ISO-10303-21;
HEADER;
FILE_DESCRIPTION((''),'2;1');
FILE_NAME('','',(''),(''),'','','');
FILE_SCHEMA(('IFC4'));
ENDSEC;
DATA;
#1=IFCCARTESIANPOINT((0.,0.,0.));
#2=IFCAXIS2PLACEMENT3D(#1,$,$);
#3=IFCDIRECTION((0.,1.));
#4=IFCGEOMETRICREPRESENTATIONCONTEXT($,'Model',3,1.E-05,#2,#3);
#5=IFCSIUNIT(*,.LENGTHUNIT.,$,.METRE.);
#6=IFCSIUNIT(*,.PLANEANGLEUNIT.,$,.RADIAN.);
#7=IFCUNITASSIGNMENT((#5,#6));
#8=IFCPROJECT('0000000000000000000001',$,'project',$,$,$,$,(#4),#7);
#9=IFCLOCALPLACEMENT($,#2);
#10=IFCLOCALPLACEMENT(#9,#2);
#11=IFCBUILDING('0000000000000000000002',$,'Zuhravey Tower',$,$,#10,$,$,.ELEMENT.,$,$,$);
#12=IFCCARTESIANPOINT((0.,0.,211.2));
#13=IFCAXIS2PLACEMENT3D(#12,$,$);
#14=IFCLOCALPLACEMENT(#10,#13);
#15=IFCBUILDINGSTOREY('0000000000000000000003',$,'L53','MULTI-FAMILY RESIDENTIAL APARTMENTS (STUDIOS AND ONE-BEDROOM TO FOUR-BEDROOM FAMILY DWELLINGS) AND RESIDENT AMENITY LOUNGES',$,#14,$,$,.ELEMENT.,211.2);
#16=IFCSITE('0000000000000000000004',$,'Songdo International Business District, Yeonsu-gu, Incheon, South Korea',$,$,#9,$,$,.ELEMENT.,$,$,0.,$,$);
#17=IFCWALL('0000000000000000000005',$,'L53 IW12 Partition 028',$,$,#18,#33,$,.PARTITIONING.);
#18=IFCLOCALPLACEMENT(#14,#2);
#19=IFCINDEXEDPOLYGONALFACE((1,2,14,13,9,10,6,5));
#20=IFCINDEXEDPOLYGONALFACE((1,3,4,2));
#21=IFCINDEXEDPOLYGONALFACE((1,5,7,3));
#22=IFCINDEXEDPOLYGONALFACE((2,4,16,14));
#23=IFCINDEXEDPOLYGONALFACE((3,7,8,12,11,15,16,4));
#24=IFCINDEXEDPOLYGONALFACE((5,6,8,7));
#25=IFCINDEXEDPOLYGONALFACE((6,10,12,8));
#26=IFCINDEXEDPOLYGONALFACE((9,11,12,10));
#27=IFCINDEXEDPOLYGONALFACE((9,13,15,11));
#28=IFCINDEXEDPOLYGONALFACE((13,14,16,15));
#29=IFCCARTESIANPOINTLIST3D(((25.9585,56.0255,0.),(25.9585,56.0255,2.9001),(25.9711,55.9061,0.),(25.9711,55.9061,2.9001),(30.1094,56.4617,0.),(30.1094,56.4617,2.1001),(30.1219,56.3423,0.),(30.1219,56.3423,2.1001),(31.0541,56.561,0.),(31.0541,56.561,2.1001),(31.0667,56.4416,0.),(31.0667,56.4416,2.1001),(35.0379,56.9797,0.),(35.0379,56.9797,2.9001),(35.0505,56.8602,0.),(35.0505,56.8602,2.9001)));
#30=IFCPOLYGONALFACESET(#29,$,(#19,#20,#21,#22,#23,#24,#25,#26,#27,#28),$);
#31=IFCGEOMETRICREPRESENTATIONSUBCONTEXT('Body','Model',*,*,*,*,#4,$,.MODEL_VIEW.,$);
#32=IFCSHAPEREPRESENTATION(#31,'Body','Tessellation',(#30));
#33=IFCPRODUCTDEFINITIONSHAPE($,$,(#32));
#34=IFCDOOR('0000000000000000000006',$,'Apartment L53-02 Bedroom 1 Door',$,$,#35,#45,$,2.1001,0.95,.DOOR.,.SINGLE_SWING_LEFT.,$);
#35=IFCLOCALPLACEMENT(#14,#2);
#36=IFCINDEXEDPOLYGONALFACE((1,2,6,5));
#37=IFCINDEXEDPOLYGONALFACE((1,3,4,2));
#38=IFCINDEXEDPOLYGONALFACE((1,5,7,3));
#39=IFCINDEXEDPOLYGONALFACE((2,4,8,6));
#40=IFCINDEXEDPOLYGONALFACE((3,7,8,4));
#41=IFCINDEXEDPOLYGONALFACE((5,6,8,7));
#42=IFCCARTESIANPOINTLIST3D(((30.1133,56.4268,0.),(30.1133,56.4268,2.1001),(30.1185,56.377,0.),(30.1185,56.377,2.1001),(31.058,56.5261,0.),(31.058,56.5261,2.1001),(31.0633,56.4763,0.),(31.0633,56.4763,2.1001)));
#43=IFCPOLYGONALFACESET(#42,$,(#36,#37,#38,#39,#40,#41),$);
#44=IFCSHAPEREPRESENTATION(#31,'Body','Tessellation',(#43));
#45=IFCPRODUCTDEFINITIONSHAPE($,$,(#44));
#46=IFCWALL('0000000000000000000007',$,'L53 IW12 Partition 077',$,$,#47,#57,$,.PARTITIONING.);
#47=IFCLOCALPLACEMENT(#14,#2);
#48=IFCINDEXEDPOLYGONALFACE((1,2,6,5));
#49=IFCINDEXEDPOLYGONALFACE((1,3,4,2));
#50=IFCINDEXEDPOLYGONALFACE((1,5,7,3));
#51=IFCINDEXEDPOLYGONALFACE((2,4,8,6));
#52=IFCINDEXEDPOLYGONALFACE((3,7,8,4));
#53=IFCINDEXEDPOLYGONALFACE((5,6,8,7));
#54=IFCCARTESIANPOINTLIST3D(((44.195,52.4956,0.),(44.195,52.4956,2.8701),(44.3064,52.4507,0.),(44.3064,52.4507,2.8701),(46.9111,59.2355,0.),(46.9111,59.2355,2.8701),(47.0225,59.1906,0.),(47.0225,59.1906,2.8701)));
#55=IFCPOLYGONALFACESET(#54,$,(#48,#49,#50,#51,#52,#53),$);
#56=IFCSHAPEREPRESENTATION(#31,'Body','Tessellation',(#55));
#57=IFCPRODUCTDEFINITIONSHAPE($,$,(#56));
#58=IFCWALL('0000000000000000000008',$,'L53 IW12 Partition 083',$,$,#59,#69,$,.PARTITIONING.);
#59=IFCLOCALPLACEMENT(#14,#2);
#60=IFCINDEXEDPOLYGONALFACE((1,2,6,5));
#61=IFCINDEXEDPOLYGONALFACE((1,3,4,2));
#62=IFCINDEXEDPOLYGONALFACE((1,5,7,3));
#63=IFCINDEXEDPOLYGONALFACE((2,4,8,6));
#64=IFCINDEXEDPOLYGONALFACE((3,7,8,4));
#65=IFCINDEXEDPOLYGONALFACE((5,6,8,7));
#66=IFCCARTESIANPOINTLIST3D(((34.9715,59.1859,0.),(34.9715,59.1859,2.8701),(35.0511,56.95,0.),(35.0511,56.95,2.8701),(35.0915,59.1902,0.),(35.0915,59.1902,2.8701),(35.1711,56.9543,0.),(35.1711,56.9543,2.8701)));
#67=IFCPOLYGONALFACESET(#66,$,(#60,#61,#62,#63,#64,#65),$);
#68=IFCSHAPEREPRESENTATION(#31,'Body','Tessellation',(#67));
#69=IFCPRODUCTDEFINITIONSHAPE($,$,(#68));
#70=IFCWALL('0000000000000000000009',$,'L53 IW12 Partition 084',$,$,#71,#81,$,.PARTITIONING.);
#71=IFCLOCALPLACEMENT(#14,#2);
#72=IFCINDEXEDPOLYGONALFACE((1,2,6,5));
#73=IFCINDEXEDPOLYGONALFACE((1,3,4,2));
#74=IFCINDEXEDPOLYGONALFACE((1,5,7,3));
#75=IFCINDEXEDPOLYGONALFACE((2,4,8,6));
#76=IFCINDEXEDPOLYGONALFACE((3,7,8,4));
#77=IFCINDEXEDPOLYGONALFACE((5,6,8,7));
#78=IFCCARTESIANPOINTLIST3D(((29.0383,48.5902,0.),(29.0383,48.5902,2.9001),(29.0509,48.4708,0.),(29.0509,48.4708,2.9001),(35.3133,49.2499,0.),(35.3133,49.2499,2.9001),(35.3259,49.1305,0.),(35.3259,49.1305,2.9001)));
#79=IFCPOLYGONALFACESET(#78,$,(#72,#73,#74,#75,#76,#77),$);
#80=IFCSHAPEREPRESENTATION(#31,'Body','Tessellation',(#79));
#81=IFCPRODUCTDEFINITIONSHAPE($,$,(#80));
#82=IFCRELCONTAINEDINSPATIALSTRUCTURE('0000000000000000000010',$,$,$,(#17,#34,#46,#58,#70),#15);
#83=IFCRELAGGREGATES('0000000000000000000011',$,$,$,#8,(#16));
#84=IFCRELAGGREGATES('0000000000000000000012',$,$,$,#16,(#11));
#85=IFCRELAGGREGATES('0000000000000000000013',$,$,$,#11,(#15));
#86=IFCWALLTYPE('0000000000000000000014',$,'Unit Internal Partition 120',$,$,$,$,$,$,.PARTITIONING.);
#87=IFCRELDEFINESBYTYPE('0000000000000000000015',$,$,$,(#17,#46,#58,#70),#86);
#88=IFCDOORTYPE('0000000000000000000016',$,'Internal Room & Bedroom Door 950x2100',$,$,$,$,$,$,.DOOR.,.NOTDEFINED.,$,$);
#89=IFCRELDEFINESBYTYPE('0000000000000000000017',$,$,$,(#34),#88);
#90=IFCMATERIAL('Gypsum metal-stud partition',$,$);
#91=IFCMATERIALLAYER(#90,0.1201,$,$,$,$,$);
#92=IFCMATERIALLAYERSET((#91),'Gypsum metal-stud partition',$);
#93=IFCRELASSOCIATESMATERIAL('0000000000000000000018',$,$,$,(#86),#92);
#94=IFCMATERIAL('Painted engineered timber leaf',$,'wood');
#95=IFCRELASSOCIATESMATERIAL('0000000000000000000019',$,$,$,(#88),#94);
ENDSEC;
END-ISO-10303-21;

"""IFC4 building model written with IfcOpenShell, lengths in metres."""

from ifc_helpers import new_model, si_unit, direction, frame, frame_2d, origin, place, context, subcontext, project, spatial, rectangle, extrude, material, layer, layer_set, type_object, element, fill, save


model = new_model("IFC4")

# Units and contexts
model_context = context("Model", 3, precision=1e-05, world=origin(), true_north=direction((0.0, 1.0)))
body_context = subcontext(model_context, "Body", "Model", "MODEL_VIEW")
ifc_project = project(units=[si_unit("LENGTHUNIT", "METRE"), si_unit("PLANEANGLEUNIT", "RADIAN")], contexts=[model_context])

# Site, building, storey
site_placement = place(None, origin())
site = spatial("IfcSite", under=ifc_project, at=site_placement, Name="Songdo International Business District, Yeonsu-gu, Incheon, South Korea", CompositionType="ELEMENT", RefElevation=0.0)
building_placement = place(site_placement, origin())
building = spatial("IfcBuilding", under=site, at=building_placement, Name="Zuhravey Tower", CompositionType="ELEMENT")
storey_placement = place(building_placement, frame((0.0, 0.0, 211.2)))
storey = spatial("IfcBuildingStorey", under=building, at=storey_placement, Name="L53", Description="MULTI-FAMILY RESIDENTIAL APARTMENTS (STUDIOS AND ONE-BEDROOM TO FOUR-BEDROOM FAMILY DWELLINGS) AND RESIDENT AMENITY LOUNGES", CompositionType="ELEMENT", Elevation=211.2)

# Shared definitions
ifc_material_1 = material(Name="Gypsum metal-stud partition")
ifc_layer_1 = layer(ifc_material_1, 0.1201)
ifc_layer_set_1 = layer_set([ifc_layer_1], Name="Gypsum metal-stud partition")
wall_type_1 = type_object("IfcWallType", Name="Unit Internal Partition 120", PredefinedType="PARTITIONING", material=ifc_layer_set_1)

# Wall, opening, door
ifc_material_2 = material(Name="Painted engineered timber leaf", Category="wood")
door_type_1 = type_object("IfcDoorType", Name="Internal Room & Bedroom Door 950x2100", OperationType="NOTDEFINED", PredefinedType="DOOR", material=ifc_material_2)
wall_1_placement = place(storey_placement, frame((35.0442, 56.9199, 0.0), z_axis=(0.0, 0.0, 1.0), x_axis=(-0.994524, -0.104509, 0.0)))
wall_1 = element("IfcWall", 1, at=wall_1_placement, inside=storey, type_object=wall_type_1, Name="L53 IW12 Partition 028", PredefinedType="PARTITIONING", context=body_context, shape_type="SweptSolid", body=[
    extrude(rectangle(XDim=9.1294, YDim=0.1201, at=frame_2d((4.5647, 0.0))), origin(), (0.0, 0.0, 1.0), 2.9001),
])
opening_1_placement = place(wall_1_placement, frame((4.0056, 0.0, 0.0)))
opening_1 = element("IfcOpeningElement", 2, at=opening_1_placement, cuts=wall_1, PredefinedType="OPENING", context=body_context, shape_type="SweptSolid", body=[
    extrude(rectangle(XDim=0.95, YDim=2.1001, at=frame_2d((0.4751, 1.05))), frame((0.0, 0.072, 0.0), z_axis=(0.0, -1.0, 0.0), x_axis=(1.0, 0.0, 0.0)), (0.0, 0.0, 1.0), 0.144),
])
door_1_placement = place(opening_1_placement, frame((0.95, 0.0, 0.0), z_axis=(0.0, 0.0, 1.0), x_axis=(-1.0, 0.0, 0.0)))
door_1 = element("IfcDoor", 3, at=door_1_placement, inside=storey, type_object=door_type_1, Name="Apartment L53-02 Bedroom 1 Door", OperationType="SINGLE_SWING_LEFT", OverallHeight=2.1001, OverallWidth=0.95, PredefinedType="DOOR", context=body_context, shape_type="SweptSolid", body=[
    extrude(rectangle(XDim=0.95, YDim=2.1001, at=frame_2d((0.4751, 1.05))), frame((0.0, 0.0249, 0.0), z_axis=(0.0, -1.0, 0.0), x_axis=(1.0, 0.0, 0.0)), (0.0, 0.0, 1.0), 0.05),
])
fill(opening_1, door_1)

# Walls
wall_2_placement = place(storey_placement, frame((44.2507, 52.4731, 0.0), z_axis=(0.0, 0.0, 1.0), x_axis=(0.37377, 0.927521, 0.0)))
element("IfcWall", 4, at=wall_2_placement, inside=storey, type_object=wall_type_1, Name="L53 IW12 Partition 077", PredefinedType="PARTITIONING", context=body_context, shape_type="SweptSolid", body=[
    extrude(rectangle(XDim=7.2666, YDim=0.1201, at=frame_2d((3.6333, 0.0))), origin(), (0.0, 0.0, 1.0), 2.8701),
])
wall_3_placement = place(storey_placement, frame((35.1111, 56.9521, 0.0), z_axis=(0.0, 0.0, 1.0), x_axis=(-0.035575, 0.999367, 0.0)))
element("IfcWall", 5, at=wall_3_placement, inside=storey, type_object=wall_type_1, Name="L53 IW12 Partition 083", PredefinedType="PARTITIONING", context=body_context, shape_type="SweptSolid", body=[
    extrude(rectangle(XDim=2.2373, YDim=0.1201, at=frame_2d((1.1187, 0.0))), origin(), (0.0, 0.0, 1.0), 2.8701),
])
wall_4_placement = place(storey_placement, frame((35.3196, 49.1902, 0.0), z_axis=(0.0, 0.0, 1.0), x_axis=(-0.994519, -0.104552, 0.0)))
element("IfcWall", 6, at=wall_4_placement, inside=storey, type_object=wall_type_1, Name="L53 IW12 Partition 084", PredefinedType="PARTITIONING", context=body_context, shape_type="SweptSolid", body=[
    extrude(rectangle(XDim=6.3096, YDim=0.1201, at=frame_2d((3.1548, 0.0))), origin(), (0.0, 0.0, 1.0), 2.9001),
])

save(model, "model.ifc")
